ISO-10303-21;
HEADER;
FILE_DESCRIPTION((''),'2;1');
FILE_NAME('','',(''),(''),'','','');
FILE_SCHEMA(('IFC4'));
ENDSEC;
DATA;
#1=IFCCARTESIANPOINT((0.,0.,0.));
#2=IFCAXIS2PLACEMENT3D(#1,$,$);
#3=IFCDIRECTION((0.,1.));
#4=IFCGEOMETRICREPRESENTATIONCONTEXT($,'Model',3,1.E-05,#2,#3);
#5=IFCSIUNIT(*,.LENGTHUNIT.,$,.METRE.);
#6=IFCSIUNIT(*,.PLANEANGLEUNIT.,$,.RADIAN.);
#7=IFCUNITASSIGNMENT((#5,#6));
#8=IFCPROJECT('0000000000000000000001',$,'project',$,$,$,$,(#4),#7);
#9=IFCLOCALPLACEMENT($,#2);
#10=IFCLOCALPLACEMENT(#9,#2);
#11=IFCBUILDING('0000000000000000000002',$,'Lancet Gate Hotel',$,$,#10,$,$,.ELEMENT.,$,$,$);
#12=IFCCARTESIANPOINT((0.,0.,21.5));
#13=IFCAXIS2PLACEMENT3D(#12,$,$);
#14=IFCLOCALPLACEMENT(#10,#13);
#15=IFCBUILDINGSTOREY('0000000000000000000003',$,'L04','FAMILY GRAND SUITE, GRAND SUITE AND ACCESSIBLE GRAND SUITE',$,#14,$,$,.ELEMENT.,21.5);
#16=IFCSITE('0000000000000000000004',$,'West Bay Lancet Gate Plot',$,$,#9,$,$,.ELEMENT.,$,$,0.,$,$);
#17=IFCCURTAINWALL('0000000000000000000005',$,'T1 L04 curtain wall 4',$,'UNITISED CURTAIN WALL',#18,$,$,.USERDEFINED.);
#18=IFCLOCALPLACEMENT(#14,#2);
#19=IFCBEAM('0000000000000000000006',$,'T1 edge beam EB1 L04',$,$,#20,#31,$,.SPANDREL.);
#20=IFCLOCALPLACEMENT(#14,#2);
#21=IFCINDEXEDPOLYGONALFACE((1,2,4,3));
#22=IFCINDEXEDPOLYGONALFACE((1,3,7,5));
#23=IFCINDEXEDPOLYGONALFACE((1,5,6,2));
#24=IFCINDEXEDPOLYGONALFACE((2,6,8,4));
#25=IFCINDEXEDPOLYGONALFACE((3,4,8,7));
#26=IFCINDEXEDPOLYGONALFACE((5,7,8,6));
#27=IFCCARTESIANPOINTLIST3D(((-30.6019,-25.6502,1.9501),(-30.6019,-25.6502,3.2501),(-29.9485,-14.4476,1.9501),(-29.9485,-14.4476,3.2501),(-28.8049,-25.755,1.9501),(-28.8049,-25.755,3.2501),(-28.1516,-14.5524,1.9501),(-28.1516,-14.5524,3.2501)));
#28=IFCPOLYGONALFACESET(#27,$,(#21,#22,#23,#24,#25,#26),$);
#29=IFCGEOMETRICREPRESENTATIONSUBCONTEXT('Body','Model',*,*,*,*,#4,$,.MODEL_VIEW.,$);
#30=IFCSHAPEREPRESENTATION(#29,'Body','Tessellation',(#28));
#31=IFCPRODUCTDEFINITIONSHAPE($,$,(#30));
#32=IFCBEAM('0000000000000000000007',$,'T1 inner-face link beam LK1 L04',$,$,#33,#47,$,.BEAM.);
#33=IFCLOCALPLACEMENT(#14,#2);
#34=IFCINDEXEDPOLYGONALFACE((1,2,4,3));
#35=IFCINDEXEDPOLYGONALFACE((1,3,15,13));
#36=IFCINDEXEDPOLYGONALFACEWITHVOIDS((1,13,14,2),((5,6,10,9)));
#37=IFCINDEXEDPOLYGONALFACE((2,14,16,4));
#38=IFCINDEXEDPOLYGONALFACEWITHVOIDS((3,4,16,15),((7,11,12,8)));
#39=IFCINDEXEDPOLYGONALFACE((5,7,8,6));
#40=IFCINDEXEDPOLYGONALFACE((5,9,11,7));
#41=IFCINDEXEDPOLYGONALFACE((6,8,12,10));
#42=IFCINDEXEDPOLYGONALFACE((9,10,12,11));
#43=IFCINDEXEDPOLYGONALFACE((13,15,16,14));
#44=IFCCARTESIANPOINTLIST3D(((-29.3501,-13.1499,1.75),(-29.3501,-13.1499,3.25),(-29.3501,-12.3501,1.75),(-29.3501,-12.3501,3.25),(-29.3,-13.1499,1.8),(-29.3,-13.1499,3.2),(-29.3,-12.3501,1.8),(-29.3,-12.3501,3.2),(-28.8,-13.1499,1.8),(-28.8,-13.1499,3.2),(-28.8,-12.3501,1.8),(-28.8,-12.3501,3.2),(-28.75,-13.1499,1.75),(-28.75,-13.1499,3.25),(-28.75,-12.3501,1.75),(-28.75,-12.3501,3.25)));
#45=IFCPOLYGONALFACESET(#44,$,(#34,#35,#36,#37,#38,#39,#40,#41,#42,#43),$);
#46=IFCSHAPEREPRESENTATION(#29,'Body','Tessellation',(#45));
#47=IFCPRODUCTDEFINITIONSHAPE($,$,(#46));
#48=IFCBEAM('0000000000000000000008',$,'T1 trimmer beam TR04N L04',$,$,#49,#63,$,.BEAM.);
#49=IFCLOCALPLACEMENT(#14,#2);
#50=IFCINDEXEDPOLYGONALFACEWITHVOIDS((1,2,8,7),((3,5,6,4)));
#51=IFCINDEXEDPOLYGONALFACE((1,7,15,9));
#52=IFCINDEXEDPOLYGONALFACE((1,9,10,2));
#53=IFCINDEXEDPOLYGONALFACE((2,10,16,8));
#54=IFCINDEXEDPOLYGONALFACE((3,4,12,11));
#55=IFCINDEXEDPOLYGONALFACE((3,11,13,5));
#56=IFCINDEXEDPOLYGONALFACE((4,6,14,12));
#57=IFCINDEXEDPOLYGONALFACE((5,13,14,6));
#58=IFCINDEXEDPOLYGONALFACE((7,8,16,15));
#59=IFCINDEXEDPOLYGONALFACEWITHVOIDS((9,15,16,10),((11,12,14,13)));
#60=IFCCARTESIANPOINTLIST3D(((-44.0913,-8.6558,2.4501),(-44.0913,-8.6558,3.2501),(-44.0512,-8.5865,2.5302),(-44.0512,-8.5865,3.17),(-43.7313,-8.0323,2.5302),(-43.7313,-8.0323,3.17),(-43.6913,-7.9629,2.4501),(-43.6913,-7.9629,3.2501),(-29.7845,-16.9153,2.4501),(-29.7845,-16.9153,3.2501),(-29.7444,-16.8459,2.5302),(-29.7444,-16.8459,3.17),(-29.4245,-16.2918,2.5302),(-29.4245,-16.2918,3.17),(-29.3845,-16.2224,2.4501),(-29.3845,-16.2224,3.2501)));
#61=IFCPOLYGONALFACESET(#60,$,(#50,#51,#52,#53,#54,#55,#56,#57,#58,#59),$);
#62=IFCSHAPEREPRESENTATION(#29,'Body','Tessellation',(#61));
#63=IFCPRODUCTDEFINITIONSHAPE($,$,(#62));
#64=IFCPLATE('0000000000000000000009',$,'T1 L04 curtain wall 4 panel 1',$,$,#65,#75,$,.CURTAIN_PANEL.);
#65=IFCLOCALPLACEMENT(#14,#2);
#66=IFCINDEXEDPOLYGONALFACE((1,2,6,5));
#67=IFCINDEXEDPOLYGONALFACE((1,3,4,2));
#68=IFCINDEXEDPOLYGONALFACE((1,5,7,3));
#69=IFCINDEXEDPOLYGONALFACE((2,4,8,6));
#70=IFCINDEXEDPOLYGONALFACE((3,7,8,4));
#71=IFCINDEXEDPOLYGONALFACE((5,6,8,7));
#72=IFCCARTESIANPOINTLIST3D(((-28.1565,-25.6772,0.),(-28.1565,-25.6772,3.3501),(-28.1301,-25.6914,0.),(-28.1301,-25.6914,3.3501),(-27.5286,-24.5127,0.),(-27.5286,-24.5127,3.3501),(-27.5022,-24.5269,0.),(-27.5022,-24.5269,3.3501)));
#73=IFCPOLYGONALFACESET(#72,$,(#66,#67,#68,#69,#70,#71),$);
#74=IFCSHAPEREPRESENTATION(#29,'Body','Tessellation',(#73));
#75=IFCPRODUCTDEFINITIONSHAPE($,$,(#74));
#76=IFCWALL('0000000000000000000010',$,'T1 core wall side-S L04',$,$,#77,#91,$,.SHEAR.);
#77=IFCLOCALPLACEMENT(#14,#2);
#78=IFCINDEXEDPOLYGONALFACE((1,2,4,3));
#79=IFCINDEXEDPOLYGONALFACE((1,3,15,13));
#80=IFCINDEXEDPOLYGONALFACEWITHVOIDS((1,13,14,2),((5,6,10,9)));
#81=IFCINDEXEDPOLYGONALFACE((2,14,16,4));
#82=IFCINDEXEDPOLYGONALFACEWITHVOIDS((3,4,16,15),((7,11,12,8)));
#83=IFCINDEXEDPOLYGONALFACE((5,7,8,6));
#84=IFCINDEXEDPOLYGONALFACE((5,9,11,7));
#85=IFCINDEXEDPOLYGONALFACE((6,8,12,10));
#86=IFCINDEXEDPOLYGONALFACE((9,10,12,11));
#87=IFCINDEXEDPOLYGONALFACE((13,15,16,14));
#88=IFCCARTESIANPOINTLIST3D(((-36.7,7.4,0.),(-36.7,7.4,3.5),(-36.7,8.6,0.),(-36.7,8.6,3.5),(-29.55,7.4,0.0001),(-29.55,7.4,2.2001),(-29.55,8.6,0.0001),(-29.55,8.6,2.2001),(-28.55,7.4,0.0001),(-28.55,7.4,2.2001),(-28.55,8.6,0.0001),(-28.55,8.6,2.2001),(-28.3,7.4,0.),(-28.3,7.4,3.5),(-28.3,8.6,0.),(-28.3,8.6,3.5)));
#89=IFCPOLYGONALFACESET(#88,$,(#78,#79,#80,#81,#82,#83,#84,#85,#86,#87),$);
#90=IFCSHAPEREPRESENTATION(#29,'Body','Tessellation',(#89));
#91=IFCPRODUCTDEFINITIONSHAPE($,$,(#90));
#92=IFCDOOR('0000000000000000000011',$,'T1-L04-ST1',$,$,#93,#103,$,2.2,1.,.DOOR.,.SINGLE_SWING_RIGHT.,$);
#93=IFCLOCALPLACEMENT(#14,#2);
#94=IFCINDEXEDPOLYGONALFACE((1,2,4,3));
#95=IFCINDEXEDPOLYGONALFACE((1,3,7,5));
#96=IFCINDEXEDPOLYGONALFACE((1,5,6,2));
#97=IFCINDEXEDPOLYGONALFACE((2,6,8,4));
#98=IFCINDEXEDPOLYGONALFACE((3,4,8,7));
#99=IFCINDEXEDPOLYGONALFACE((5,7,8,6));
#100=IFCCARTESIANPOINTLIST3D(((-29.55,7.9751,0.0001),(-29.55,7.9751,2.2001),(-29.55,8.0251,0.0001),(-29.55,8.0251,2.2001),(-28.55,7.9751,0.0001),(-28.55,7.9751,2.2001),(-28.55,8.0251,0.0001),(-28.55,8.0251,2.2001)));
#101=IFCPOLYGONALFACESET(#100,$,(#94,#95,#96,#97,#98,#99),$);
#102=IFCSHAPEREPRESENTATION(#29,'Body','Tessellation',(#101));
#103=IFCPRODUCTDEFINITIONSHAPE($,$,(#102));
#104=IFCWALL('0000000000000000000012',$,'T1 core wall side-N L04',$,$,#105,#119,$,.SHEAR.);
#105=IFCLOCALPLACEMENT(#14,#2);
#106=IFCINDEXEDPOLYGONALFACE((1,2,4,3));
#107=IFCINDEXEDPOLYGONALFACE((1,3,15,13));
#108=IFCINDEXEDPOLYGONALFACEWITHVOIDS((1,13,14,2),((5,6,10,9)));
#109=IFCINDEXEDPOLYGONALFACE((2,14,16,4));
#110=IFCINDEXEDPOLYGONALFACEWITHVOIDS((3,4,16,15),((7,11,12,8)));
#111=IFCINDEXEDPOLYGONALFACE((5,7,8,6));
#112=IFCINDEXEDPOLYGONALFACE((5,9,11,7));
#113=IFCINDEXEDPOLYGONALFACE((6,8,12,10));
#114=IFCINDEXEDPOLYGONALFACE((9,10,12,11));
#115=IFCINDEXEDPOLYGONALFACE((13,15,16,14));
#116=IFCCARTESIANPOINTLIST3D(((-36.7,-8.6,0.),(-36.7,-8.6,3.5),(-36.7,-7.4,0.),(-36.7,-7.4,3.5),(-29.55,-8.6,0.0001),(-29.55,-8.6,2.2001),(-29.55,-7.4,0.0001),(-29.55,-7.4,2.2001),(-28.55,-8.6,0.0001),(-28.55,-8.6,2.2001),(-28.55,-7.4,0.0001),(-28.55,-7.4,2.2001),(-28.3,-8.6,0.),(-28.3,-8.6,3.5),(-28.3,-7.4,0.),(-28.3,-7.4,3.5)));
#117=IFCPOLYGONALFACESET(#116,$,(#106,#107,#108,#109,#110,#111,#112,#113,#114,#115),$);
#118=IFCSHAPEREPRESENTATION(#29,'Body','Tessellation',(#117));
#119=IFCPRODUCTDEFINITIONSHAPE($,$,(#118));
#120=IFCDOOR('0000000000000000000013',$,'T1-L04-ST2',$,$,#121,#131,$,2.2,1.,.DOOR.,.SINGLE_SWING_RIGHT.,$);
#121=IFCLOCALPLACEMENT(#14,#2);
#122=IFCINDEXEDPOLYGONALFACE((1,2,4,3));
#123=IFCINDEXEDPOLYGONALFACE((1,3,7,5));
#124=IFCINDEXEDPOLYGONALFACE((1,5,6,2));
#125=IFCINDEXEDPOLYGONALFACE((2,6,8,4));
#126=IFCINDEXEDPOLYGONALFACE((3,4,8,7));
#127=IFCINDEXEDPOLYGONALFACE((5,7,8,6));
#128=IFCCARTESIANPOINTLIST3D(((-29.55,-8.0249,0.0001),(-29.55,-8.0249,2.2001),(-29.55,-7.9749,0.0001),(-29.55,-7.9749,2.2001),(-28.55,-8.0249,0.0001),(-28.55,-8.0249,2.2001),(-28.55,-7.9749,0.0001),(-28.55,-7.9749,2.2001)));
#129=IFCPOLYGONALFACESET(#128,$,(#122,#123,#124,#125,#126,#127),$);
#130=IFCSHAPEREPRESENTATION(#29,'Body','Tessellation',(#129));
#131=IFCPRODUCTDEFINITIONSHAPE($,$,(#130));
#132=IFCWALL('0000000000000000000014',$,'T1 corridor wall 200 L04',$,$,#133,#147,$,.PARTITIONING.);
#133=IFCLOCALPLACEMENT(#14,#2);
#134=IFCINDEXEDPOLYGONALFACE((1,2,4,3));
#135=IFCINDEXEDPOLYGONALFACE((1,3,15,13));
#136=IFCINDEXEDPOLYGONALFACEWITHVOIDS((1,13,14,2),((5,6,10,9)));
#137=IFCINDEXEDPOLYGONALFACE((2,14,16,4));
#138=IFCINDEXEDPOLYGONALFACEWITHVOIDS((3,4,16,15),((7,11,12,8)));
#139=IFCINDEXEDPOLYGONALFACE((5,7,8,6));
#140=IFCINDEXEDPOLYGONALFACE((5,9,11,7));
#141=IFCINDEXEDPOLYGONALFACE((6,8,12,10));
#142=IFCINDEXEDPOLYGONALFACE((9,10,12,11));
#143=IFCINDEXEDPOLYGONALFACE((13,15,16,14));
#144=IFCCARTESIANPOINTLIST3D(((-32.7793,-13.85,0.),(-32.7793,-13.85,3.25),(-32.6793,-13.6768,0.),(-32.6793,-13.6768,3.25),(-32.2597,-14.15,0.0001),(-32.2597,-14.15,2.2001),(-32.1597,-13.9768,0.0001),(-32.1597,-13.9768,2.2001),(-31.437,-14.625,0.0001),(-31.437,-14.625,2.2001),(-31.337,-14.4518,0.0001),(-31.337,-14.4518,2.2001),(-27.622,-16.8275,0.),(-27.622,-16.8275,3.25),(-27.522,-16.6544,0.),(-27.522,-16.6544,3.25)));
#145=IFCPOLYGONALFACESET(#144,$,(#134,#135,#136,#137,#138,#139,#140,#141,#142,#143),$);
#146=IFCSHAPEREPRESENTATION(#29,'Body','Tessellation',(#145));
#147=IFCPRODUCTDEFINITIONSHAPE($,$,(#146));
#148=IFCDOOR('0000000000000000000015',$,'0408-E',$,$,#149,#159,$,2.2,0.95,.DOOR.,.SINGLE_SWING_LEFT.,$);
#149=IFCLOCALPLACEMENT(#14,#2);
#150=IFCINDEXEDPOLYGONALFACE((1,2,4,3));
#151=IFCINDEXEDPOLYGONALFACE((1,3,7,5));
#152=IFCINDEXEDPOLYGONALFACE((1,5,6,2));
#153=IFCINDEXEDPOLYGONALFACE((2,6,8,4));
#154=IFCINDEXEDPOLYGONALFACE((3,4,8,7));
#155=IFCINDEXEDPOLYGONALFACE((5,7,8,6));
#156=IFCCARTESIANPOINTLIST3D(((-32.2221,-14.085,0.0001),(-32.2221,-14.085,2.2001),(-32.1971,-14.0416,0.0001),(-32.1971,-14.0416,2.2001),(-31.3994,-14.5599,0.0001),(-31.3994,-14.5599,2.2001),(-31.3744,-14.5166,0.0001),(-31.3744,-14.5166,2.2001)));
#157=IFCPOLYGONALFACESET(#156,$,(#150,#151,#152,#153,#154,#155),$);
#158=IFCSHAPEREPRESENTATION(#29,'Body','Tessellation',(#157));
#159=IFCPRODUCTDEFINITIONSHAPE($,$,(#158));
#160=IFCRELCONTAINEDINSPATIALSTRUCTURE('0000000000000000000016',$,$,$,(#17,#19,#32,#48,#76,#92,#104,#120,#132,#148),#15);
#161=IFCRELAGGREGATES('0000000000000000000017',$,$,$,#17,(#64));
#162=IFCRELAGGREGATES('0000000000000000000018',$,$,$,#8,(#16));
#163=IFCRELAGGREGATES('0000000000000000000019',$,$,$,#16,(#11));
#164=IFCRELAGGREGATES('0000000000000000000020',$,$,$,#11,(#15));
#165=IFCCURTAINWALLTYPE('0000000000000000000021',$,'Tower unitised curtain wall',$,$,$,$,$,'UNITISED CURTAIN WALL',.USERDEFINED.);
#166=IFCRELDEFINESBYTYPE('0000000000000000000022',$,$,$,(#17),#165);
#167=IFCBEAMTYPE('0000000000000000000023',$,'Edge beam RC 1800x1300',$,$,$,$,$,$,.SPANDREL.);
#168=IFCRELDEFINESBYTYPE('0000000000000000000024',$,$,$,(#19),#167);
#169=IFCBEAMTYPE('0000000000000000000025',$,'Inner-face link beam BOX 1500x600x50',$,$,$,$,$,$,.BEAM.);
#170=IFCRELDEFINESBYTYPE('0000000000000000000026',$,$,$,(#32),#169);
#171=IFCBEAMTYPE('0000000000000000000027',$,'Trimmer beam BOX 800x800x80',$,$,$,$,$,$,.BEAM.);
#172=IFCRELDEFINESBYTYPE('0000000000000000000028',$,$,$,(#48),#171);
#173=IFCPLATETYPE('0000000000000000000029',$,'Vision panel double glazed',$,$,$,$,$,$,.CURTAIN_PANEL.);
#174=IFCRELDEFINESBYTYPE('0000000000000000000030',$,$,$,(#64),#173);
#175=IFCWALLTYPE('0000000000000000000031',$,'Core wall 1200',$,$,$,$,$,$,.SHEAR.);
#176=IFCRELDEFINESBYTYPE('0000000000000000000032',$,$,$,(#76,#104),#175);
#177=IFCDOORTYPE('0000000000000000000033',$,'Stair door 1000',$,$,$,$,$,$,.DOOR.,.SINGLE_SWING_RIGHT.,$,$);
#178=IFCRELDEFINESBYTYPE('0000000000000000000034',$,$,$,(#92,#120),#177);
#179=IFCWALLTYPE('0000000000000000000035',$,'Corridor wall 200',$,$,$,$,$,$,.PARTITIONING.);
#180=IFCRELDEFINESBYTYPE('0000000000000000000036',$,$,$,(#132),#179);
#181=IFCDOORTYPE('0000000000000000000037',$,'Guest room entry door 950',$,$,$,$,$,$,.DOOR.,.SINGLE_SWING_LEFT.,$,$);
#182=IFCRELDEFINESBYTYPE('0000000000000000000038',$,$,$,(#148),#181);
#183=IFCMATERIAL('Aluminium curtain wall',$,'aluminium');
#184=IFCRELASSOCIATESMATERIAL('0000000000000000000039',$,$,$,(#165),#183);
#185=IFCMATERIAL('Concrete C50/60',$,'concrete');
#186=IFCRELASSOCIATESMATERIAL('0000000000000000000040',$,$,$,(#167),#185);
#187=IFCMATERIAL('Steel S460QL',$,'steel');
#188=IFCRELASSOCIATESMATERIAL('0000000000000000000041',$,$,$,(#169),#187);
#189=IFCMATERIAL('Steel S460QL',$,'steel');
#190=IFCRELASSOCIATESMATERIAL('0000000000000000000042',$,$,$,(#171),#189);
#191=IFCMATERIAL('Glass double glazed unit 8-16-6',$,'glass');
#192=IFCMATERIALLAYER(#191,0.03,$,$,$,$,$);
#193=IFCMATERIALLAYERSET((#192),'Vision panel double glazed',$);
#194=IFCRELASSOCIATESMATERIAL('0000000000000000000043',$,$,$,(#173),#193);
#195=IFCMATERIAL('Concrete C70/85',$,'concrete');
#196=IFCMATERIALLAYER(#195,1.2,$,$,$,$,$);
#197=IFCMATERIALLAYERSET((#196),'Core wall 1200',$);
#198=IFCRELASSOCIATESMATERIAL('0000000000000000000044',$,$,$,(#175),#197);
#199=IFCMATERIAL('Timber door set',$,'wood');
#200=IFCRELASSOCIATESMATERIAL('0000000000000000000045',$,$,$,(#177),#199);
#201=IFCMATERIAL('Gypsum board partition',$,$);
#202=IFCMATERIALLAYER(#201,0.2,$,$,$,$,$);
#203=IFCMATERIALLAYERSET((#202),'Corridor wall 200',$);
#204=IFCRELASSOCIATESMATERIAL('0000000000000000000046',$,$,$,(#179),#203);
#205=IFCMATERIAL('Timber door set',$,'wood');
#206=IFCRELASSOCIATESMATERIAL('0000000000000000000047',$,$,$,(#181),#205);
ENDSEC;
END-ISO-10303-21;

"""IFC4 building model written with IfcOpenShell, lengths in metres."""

from ifc_helpers import new_model, si_unit, direction, frame, frame_2d, origin, origin_2d, place, context, subcontext, project, spatial, rectangle, hollow_rectangle, extrude, material, layer, layer_set, material_profile, profile_set, type_object, element, fill, aggregate, save


model = new_model("IFC4")

# Units and contexts
model_context = context("Model", 3, precision=1e-05, world=origin(), true_north=direction((0.0, 1.0)))
body_context = subcontext(model_context, "Body", "Model", "MODEL_VIEW")
ifc_project = project(units=[si_unit("LENGTHUNIT", "METRE"), si_unit("PLANEANGLEUNIT", "RADIAN")], contexts=[model_context])

# Site, building, storey
site_placement = place(None, origin())
site = spatial("IfcSite", under=ifc_project, at=site_placement, Name="West Bay Lancet Gate Plot", CompositionType="ELEMENT", RefElevation=0.0)
building_placement = place(site_placement, origin())
building = spatial("IfcBuilding", under=site, at=building_placement, Name="Lancet Gate Hotel", CompositionType="ELEMENT")
storey_placement = place(building_placement, frame((0.0, 0.0, 21.5)))
storey = spatial("IfcBuildingStorey", under=building, at=storey_placement, Name="L04", Description="FAMILY GRAND SUITE, GRAND SUITE AND ACCESSIBLE GRAND SUITE", CompositionType="ELEMENT", Elevation=21.5)

# Curtain wall
ifc_material_1 = material(Name="Aluminium curtain wall", Category="aluminium")
curtain_wall_type = type_object("IfcCurtainWallType", Name="Tower unitised curtain wall", ElementType="UNITISED CURTAIN WALL", PredefinedType="USERDEFINED", material=ifc_material_1)
curtain_wall_1_placement = place(storey_placement, origin())
curtain_wall_1 = element("IfcCurtainWall", 1, at=curtain_wall_1_placement, inside=storey, type_object=curtain_wall_type, Name="T1 L04 curtain wall 4", ObjectType="UNITISED CURTAIN WALL", PredefinedType="USERDEFINED")

# Beams
ifc_material_2 = material(Name="Concrete C50/60", Category="concrete")
ifc_material_profile_1 = material_profile(ifc_material_2, rectangle(XDim=1.8, YDim=1.3, at=origin_2d()), Name="RC 1800x1300")
ifc_profile_set_1 = profile_set([ifc_material_profile_1], Name="Concrete C50/60")
beam_type_1 = type_object("IfcBeamType", Name="Edge beam RC 1800x1300", PredefinedType="SPANDREL", material=ifc_profile_set_1)
beam_1_placement = place(storey_placement, frame((-29.05, -14.5, 2.6001), z_axis=(-0.05822, -0.998304, 0.0), x_axis=(0.998304, -0.05822, 0.0)))
element("IfcBeam", 2, at=beam_1_placement, inside=storey, type_object=beam_type_1, Name="T1 edge beam EB1 L04", PredefinedType="SPANDREL", context=body_context, shape_type="SweptSolid", body=[
    extrude(rectangle(XDim=1.8, YDim=1.3, at=origin_2d()), origin(), (0.0, 0.0, 1.0), 11.2217),
])
ifc_material_3 = material(Name="Steel S460QL", Category="steel")
ifc_material_profile_2 = material_profile(ifc_material_3, hollow_rectangle(XDim=0.6001, YDim=1.5, WallThickness=0.05, at=origin_2d()), Name="BOX 1500x600x50")
ifc_profile_set_2 = profile_set([ifc_material_profile_2], Name="Steel S460QL")
beam_type_2 = type_object("IfcBeamType", Name="Inner-face link beam BOX 1500x600x50", PredefinedType="BEAM", material=ifc_profile_set_2)
beam_2_placement = place(storey_placement, frame((-29.05, -12.3501, 2.5), z_axis=(0.0, -1.0, 0.0), x_axis=(1.0, 0.0, 0.0)))
element("IfcBeam", 3, at=beam_2_placement, inside=storey, type_object=beam_type_2, Name="T1 inner-face link beam LK1 L04", PredefinedType="BEAM", context=body_context, shape_type="SweptSolid", body=[
    extrude(hollow_rectangle(XDim=0.6001, YDim=1.5, WallThickness=0.05, at=origin_2d()), origin(), (0.0, 0.0, 1.0), 0.7998),
])
ifc_material_4 = material(Name="Steel S460QL", Category="steel")
ifc_material_profile_3 = material_profile(ifc_material_4, hollow_rectangle(XDim=0.8, YDim=0.8, WallThickness=0.0801, at=origin_2d()), Name="BOX 800x800x80")
ifc_profile_set_3 = profile_set([ifc_material_profile_3], Name="Steel S460QL")
beam_type_3 = type_object("IfcBeamType", Name="Trimmer beam BOX 800x800x80", PredefinedType="BEAM", material=ifc_profile_set_3)
beam_3_placement = place(storey_placement, frame((-29.5845, -16.5688, 2.8501), z_axis=(-0.86604, 0.499974, 0.0), x_axis=(-0.499974, -0.86604, 0.0)))
element("IfcBeam", 4, at=beam_3_placement, inside=storey, type_object=beam_type_3, Name="T1 trimmer beam TR04N L04", PredefinedType="BEAM", context=body_context, shape_type="SweptSolid", body=[
    extrude(hollow_rectangle(XDim=0.8, YDim=0.8, WallThickness=0.0801, at=origin_2d()), origin(), (0.0, 0.0, 1.0), 16.5198),
])

# Plate
ifc_material_5 = material(Name="Glass double glazed unit 8-16-6", Category="glass")
ifc_layer_1 = layer(ifc_material_5, 0.03)
ifc_layer_set_1 = layer_set([ifc_layer_1], Name="Vision panel double glazed")
plate_type = type_object("IfcPlateType", Name="Vision panel double glazed", PredefinedType="CURTAIN_PANEL", material=ifc_layer_set_1)
plate_placement = place(storey_placement, frame((-27.8293, -25.1021, 0.0), z_axis=(0.0, 0.0, 1.0), x_axis=(0.474631, 0.880185, 0.0)))
plate = element("IfcPlate", 5, at=plate_placement, type_object=plate_type, Name="T1 L04 curtain wall 4 panel 1", PredefinedType="CURTAIN_PANEL", context=body_context, shape_type="SweptSolid", body=[
    extrude(rectangle(XDim=1.323, YDim=0.03, at=origin_2d()), origin(), (0.0, 0.0, 1.0), 3.3501),
])
aggregate(curtain_wall_1, [plate])

# Walls, openings, doors
ifc_material_6 = material(Name="Concrete C70/85", Category="concrete")
ifc_layer_2 = layer(ifc_material_6, 1.2)
ifc_layer_set_2 = layer_set([ifc_layer_2], Name="Core wall 1200")
wall_type_1 = type_object("IfcWallType", Name="Core wall 1200", PredefinedType="SHEAR", material=ifc_layer_set_2)
wall_1_placement = place(storey_placement, frame((-28.3, 8.0, 0.0), z_axis=(0.0, 0.0, 1.0), x_axis=(-1.0, 0.0, 0.0)))
wall_1 = element("IfcWall", 6, at=wall_1_placement, inside=storey, type_object=wall_type_1, Name="T1 core wall side-S L04", PredefinedType="SHEAR", context=body_context, shape_type="SweptSolid", body=[
    extrude(rectangle(XDim=8.3999, YDim=1.2, at=frame_2d((4.2, 0.0))), origin(), (0.0, 0.0, 1.0), 3.5),
])
opening_1_placement = place(wall_1_placement, frame((0.25, 0.0, 0.0)))
opening_1 = element("IfcOpeningElement", 7, at=opening_1_placement, cuts=wall_1, PredefinedType="OPENING", context=body_context, shape_type="SweptSolid", body=[
    extrude(rectangle(XDim=1.0, YDim=2.2, at=frame_2d((0.5, 1.1001))), frame((0.0, 0.6099, 0.0), z_axis=(0.0, -1.0, 0.0), x_axis=(1.0, 0.0, 0.0)), (0.0, 0.0, 1.0), 1.22),
])
ifc_material_7 = material(Name="Timber door set", Category="wood")
door_type_1 = type_object("IfcDoorType", Name="Stair door 1000", OperationType="SINGLE_SWING_RIGHT", PredefinedType="DOOR", material=ifc_material_7)
door_1_placement = place(opening_1_placement, origin())
door_1 = element("IfcDoor", 8, at=door_1_placement, inside=storey, type_object=door_type_1, Name="T1-L04-ST1", OperationType="SINGLE_SWING_RIGHT", OverallHeight=2.2, OverallWidth=1.0, PredefinedType="DOOR", context=body_context, shape_type="SweptSolid", body=[
    extrude(rectangle(XDim=1.0, YDim=2.2, at=frame_2d((0.5, 1.1001))), frame((0.0, 0.0249, 0.0), z_axis=(0.0, -1.0, 0.0), x_axis=(1.0, 0.0, 0.0)), (0.0, 0.0, 1.0), 0.05),
])
fill(opening_1, door_1)
wall_2_placement = place(storey_placement, frame((-28.3, -8.0, 0.0), z_axis=(0.0, 0.0, 1.0), x_axis=(-1.0, 0.0, 0.0)))
wall_2 = element("IfcWall", 9, at=wall_2_placement, inside=storey, type_object=wall_type_1, Name="T1 core wall side-N L04", PredefinedType="SHEAR", context=body_context, shape_type="SweptSolid", body=[
    extrude(rectangle(XDim=8.3999, YDim=1.2, at=frame_2d((4.2, 0.0))), origin(), (0.0, 0.0, 1.0), 3.5),
])
opening_2_placement = place(wall_2_placement, frame((0.25, 0.0, 0.0)))
opening_2 = element("IfcOpeningElement", 10, at=opening_2_placement, cuts=wall_2, PredefinedType="OPENING", context=body_context, shape_type="SweptSolid", body=[
    extrude(rectangle(XDim=1.0, YDim=2.2, at=frame_2d((0.5, 1.1001))), frame((0.0, 0.6099, 0.0), z_axis=(0.0, -1.0, 0.0), x_axis=(1.0, 0.0, 0.0)), (0.0, 0.0, 1.0), 1.22),
])
door_2_placement = place(opening_2_placement, origin())
door_2 = element("IfcDoor", 11, at=door_2_placement, inside=storey, type_object=door_type_1, Name="T1-L04-ST2", OperationType="SINGLE_SWING_RIGHT", OverallHeight=2.2, OverallWidth=1.0, PredefinedType="DOOR", context=body_context, shape_type="SweptSolid", body=[
    extrude(rectangle(XDim=1.0, YDim=2.2, at=frame_2d((0.5, 1.1001))), frame((0.0, 0.0249, 0.0), z_axis=(0.0, -1.0, 0.0), x_axis=(1.0, 0.0, 0.0)), (0.0, 0.0, 1.0), 0.05),
])
fill(opening_2, door_2)
ifc_material_8 = material(Name="Gypsum board partition")
ifc_layer_3 = layer(ifc_material_8, 0.2)
ifc_layer_set_3 = layer_set([ifc_layer_3], Name="Corridor wall 200")
wall_type_2 = type_object("IfcWallType", Name="Corridor wall 200", PredefinedType="PARTITIONING", material=ifc_layer_set_3)
wall_3_placement = place(storey_placement, frame((-27.572, -16.741, 0.0), z_axis=(0.0, 0.0, 1.0), x_axis=(-0.866024, 0.500002, 0.0)))
wall_3 = element("IfcWall", 12, at=wall_3_placement, inside=storey, type_object=wall_type_2, Name="T1 corridor wall 200 L04", PredefinedType="PARTITIONING", context=body_context, shape_type="SweptSolid", body=[
    extrude(rectangle(XDim=5.9551, YDim=0.2, at=frame_2d((2.9775, 0.0))), origin(), (0.0, 0.0, 1.0), 3.25),
])
opening_3_placement = place(wall_3_placement, frame((4.405, 0.0, 0.0)))
opening_3 = element("IfcOpeningElement", 13, at=opening_3_placement, cuts=wall_3, PredefinedType="OPENING", context=body_context, shape_type="SweptSolid", body=[
    extrude(rectangle(XDim=0.95, YDim=2.2, at=frame_2d((0.4751, 1.1001))), frame((0.0, 0.1099, 0.0), z_axis=(0.0, -1.0, 0.0), x_axis=(1.0, 0.0, 0.0)), (0.0, 0.0, 1.0), 0.22),
])
ifc_material_9 = material(Name="Timber door set", Category="wood")
door_type_2 = type_object("IfcDoorType", Name="Guest room entry door 950", OperationType="SINGLE_SWING_LEFT", PredefinedType="DOOR", material=ifc_material_9)
door_3_placement = place(opening_3_placement, origin())
door_3 = element("IfcDoor", 14, at=door_3_placement, inside=storey, type_object=door_type_2, Name="0408-E", OperationType="SINGLE_SWING_LEFT", OverallHeight=2.2, OverallWidth=0.95, PredefinedType="DOOR", context=body_context, shape_type="SweptSolid", body=[
    extrude(rectangle(XDim=0.95, YDim=2.2, at=frame_2d((0.4751, 1.1001))), frame((0.0, 0.0249, 0.0), z_axis=(0.0, -1.0, 0.0), x_axis=(1.0, 0.0, 0.0)), (0.0, 0.0, 1.0), 0.05),
])
fill(opening_3, door_3)

save(model, "model.ifc")
